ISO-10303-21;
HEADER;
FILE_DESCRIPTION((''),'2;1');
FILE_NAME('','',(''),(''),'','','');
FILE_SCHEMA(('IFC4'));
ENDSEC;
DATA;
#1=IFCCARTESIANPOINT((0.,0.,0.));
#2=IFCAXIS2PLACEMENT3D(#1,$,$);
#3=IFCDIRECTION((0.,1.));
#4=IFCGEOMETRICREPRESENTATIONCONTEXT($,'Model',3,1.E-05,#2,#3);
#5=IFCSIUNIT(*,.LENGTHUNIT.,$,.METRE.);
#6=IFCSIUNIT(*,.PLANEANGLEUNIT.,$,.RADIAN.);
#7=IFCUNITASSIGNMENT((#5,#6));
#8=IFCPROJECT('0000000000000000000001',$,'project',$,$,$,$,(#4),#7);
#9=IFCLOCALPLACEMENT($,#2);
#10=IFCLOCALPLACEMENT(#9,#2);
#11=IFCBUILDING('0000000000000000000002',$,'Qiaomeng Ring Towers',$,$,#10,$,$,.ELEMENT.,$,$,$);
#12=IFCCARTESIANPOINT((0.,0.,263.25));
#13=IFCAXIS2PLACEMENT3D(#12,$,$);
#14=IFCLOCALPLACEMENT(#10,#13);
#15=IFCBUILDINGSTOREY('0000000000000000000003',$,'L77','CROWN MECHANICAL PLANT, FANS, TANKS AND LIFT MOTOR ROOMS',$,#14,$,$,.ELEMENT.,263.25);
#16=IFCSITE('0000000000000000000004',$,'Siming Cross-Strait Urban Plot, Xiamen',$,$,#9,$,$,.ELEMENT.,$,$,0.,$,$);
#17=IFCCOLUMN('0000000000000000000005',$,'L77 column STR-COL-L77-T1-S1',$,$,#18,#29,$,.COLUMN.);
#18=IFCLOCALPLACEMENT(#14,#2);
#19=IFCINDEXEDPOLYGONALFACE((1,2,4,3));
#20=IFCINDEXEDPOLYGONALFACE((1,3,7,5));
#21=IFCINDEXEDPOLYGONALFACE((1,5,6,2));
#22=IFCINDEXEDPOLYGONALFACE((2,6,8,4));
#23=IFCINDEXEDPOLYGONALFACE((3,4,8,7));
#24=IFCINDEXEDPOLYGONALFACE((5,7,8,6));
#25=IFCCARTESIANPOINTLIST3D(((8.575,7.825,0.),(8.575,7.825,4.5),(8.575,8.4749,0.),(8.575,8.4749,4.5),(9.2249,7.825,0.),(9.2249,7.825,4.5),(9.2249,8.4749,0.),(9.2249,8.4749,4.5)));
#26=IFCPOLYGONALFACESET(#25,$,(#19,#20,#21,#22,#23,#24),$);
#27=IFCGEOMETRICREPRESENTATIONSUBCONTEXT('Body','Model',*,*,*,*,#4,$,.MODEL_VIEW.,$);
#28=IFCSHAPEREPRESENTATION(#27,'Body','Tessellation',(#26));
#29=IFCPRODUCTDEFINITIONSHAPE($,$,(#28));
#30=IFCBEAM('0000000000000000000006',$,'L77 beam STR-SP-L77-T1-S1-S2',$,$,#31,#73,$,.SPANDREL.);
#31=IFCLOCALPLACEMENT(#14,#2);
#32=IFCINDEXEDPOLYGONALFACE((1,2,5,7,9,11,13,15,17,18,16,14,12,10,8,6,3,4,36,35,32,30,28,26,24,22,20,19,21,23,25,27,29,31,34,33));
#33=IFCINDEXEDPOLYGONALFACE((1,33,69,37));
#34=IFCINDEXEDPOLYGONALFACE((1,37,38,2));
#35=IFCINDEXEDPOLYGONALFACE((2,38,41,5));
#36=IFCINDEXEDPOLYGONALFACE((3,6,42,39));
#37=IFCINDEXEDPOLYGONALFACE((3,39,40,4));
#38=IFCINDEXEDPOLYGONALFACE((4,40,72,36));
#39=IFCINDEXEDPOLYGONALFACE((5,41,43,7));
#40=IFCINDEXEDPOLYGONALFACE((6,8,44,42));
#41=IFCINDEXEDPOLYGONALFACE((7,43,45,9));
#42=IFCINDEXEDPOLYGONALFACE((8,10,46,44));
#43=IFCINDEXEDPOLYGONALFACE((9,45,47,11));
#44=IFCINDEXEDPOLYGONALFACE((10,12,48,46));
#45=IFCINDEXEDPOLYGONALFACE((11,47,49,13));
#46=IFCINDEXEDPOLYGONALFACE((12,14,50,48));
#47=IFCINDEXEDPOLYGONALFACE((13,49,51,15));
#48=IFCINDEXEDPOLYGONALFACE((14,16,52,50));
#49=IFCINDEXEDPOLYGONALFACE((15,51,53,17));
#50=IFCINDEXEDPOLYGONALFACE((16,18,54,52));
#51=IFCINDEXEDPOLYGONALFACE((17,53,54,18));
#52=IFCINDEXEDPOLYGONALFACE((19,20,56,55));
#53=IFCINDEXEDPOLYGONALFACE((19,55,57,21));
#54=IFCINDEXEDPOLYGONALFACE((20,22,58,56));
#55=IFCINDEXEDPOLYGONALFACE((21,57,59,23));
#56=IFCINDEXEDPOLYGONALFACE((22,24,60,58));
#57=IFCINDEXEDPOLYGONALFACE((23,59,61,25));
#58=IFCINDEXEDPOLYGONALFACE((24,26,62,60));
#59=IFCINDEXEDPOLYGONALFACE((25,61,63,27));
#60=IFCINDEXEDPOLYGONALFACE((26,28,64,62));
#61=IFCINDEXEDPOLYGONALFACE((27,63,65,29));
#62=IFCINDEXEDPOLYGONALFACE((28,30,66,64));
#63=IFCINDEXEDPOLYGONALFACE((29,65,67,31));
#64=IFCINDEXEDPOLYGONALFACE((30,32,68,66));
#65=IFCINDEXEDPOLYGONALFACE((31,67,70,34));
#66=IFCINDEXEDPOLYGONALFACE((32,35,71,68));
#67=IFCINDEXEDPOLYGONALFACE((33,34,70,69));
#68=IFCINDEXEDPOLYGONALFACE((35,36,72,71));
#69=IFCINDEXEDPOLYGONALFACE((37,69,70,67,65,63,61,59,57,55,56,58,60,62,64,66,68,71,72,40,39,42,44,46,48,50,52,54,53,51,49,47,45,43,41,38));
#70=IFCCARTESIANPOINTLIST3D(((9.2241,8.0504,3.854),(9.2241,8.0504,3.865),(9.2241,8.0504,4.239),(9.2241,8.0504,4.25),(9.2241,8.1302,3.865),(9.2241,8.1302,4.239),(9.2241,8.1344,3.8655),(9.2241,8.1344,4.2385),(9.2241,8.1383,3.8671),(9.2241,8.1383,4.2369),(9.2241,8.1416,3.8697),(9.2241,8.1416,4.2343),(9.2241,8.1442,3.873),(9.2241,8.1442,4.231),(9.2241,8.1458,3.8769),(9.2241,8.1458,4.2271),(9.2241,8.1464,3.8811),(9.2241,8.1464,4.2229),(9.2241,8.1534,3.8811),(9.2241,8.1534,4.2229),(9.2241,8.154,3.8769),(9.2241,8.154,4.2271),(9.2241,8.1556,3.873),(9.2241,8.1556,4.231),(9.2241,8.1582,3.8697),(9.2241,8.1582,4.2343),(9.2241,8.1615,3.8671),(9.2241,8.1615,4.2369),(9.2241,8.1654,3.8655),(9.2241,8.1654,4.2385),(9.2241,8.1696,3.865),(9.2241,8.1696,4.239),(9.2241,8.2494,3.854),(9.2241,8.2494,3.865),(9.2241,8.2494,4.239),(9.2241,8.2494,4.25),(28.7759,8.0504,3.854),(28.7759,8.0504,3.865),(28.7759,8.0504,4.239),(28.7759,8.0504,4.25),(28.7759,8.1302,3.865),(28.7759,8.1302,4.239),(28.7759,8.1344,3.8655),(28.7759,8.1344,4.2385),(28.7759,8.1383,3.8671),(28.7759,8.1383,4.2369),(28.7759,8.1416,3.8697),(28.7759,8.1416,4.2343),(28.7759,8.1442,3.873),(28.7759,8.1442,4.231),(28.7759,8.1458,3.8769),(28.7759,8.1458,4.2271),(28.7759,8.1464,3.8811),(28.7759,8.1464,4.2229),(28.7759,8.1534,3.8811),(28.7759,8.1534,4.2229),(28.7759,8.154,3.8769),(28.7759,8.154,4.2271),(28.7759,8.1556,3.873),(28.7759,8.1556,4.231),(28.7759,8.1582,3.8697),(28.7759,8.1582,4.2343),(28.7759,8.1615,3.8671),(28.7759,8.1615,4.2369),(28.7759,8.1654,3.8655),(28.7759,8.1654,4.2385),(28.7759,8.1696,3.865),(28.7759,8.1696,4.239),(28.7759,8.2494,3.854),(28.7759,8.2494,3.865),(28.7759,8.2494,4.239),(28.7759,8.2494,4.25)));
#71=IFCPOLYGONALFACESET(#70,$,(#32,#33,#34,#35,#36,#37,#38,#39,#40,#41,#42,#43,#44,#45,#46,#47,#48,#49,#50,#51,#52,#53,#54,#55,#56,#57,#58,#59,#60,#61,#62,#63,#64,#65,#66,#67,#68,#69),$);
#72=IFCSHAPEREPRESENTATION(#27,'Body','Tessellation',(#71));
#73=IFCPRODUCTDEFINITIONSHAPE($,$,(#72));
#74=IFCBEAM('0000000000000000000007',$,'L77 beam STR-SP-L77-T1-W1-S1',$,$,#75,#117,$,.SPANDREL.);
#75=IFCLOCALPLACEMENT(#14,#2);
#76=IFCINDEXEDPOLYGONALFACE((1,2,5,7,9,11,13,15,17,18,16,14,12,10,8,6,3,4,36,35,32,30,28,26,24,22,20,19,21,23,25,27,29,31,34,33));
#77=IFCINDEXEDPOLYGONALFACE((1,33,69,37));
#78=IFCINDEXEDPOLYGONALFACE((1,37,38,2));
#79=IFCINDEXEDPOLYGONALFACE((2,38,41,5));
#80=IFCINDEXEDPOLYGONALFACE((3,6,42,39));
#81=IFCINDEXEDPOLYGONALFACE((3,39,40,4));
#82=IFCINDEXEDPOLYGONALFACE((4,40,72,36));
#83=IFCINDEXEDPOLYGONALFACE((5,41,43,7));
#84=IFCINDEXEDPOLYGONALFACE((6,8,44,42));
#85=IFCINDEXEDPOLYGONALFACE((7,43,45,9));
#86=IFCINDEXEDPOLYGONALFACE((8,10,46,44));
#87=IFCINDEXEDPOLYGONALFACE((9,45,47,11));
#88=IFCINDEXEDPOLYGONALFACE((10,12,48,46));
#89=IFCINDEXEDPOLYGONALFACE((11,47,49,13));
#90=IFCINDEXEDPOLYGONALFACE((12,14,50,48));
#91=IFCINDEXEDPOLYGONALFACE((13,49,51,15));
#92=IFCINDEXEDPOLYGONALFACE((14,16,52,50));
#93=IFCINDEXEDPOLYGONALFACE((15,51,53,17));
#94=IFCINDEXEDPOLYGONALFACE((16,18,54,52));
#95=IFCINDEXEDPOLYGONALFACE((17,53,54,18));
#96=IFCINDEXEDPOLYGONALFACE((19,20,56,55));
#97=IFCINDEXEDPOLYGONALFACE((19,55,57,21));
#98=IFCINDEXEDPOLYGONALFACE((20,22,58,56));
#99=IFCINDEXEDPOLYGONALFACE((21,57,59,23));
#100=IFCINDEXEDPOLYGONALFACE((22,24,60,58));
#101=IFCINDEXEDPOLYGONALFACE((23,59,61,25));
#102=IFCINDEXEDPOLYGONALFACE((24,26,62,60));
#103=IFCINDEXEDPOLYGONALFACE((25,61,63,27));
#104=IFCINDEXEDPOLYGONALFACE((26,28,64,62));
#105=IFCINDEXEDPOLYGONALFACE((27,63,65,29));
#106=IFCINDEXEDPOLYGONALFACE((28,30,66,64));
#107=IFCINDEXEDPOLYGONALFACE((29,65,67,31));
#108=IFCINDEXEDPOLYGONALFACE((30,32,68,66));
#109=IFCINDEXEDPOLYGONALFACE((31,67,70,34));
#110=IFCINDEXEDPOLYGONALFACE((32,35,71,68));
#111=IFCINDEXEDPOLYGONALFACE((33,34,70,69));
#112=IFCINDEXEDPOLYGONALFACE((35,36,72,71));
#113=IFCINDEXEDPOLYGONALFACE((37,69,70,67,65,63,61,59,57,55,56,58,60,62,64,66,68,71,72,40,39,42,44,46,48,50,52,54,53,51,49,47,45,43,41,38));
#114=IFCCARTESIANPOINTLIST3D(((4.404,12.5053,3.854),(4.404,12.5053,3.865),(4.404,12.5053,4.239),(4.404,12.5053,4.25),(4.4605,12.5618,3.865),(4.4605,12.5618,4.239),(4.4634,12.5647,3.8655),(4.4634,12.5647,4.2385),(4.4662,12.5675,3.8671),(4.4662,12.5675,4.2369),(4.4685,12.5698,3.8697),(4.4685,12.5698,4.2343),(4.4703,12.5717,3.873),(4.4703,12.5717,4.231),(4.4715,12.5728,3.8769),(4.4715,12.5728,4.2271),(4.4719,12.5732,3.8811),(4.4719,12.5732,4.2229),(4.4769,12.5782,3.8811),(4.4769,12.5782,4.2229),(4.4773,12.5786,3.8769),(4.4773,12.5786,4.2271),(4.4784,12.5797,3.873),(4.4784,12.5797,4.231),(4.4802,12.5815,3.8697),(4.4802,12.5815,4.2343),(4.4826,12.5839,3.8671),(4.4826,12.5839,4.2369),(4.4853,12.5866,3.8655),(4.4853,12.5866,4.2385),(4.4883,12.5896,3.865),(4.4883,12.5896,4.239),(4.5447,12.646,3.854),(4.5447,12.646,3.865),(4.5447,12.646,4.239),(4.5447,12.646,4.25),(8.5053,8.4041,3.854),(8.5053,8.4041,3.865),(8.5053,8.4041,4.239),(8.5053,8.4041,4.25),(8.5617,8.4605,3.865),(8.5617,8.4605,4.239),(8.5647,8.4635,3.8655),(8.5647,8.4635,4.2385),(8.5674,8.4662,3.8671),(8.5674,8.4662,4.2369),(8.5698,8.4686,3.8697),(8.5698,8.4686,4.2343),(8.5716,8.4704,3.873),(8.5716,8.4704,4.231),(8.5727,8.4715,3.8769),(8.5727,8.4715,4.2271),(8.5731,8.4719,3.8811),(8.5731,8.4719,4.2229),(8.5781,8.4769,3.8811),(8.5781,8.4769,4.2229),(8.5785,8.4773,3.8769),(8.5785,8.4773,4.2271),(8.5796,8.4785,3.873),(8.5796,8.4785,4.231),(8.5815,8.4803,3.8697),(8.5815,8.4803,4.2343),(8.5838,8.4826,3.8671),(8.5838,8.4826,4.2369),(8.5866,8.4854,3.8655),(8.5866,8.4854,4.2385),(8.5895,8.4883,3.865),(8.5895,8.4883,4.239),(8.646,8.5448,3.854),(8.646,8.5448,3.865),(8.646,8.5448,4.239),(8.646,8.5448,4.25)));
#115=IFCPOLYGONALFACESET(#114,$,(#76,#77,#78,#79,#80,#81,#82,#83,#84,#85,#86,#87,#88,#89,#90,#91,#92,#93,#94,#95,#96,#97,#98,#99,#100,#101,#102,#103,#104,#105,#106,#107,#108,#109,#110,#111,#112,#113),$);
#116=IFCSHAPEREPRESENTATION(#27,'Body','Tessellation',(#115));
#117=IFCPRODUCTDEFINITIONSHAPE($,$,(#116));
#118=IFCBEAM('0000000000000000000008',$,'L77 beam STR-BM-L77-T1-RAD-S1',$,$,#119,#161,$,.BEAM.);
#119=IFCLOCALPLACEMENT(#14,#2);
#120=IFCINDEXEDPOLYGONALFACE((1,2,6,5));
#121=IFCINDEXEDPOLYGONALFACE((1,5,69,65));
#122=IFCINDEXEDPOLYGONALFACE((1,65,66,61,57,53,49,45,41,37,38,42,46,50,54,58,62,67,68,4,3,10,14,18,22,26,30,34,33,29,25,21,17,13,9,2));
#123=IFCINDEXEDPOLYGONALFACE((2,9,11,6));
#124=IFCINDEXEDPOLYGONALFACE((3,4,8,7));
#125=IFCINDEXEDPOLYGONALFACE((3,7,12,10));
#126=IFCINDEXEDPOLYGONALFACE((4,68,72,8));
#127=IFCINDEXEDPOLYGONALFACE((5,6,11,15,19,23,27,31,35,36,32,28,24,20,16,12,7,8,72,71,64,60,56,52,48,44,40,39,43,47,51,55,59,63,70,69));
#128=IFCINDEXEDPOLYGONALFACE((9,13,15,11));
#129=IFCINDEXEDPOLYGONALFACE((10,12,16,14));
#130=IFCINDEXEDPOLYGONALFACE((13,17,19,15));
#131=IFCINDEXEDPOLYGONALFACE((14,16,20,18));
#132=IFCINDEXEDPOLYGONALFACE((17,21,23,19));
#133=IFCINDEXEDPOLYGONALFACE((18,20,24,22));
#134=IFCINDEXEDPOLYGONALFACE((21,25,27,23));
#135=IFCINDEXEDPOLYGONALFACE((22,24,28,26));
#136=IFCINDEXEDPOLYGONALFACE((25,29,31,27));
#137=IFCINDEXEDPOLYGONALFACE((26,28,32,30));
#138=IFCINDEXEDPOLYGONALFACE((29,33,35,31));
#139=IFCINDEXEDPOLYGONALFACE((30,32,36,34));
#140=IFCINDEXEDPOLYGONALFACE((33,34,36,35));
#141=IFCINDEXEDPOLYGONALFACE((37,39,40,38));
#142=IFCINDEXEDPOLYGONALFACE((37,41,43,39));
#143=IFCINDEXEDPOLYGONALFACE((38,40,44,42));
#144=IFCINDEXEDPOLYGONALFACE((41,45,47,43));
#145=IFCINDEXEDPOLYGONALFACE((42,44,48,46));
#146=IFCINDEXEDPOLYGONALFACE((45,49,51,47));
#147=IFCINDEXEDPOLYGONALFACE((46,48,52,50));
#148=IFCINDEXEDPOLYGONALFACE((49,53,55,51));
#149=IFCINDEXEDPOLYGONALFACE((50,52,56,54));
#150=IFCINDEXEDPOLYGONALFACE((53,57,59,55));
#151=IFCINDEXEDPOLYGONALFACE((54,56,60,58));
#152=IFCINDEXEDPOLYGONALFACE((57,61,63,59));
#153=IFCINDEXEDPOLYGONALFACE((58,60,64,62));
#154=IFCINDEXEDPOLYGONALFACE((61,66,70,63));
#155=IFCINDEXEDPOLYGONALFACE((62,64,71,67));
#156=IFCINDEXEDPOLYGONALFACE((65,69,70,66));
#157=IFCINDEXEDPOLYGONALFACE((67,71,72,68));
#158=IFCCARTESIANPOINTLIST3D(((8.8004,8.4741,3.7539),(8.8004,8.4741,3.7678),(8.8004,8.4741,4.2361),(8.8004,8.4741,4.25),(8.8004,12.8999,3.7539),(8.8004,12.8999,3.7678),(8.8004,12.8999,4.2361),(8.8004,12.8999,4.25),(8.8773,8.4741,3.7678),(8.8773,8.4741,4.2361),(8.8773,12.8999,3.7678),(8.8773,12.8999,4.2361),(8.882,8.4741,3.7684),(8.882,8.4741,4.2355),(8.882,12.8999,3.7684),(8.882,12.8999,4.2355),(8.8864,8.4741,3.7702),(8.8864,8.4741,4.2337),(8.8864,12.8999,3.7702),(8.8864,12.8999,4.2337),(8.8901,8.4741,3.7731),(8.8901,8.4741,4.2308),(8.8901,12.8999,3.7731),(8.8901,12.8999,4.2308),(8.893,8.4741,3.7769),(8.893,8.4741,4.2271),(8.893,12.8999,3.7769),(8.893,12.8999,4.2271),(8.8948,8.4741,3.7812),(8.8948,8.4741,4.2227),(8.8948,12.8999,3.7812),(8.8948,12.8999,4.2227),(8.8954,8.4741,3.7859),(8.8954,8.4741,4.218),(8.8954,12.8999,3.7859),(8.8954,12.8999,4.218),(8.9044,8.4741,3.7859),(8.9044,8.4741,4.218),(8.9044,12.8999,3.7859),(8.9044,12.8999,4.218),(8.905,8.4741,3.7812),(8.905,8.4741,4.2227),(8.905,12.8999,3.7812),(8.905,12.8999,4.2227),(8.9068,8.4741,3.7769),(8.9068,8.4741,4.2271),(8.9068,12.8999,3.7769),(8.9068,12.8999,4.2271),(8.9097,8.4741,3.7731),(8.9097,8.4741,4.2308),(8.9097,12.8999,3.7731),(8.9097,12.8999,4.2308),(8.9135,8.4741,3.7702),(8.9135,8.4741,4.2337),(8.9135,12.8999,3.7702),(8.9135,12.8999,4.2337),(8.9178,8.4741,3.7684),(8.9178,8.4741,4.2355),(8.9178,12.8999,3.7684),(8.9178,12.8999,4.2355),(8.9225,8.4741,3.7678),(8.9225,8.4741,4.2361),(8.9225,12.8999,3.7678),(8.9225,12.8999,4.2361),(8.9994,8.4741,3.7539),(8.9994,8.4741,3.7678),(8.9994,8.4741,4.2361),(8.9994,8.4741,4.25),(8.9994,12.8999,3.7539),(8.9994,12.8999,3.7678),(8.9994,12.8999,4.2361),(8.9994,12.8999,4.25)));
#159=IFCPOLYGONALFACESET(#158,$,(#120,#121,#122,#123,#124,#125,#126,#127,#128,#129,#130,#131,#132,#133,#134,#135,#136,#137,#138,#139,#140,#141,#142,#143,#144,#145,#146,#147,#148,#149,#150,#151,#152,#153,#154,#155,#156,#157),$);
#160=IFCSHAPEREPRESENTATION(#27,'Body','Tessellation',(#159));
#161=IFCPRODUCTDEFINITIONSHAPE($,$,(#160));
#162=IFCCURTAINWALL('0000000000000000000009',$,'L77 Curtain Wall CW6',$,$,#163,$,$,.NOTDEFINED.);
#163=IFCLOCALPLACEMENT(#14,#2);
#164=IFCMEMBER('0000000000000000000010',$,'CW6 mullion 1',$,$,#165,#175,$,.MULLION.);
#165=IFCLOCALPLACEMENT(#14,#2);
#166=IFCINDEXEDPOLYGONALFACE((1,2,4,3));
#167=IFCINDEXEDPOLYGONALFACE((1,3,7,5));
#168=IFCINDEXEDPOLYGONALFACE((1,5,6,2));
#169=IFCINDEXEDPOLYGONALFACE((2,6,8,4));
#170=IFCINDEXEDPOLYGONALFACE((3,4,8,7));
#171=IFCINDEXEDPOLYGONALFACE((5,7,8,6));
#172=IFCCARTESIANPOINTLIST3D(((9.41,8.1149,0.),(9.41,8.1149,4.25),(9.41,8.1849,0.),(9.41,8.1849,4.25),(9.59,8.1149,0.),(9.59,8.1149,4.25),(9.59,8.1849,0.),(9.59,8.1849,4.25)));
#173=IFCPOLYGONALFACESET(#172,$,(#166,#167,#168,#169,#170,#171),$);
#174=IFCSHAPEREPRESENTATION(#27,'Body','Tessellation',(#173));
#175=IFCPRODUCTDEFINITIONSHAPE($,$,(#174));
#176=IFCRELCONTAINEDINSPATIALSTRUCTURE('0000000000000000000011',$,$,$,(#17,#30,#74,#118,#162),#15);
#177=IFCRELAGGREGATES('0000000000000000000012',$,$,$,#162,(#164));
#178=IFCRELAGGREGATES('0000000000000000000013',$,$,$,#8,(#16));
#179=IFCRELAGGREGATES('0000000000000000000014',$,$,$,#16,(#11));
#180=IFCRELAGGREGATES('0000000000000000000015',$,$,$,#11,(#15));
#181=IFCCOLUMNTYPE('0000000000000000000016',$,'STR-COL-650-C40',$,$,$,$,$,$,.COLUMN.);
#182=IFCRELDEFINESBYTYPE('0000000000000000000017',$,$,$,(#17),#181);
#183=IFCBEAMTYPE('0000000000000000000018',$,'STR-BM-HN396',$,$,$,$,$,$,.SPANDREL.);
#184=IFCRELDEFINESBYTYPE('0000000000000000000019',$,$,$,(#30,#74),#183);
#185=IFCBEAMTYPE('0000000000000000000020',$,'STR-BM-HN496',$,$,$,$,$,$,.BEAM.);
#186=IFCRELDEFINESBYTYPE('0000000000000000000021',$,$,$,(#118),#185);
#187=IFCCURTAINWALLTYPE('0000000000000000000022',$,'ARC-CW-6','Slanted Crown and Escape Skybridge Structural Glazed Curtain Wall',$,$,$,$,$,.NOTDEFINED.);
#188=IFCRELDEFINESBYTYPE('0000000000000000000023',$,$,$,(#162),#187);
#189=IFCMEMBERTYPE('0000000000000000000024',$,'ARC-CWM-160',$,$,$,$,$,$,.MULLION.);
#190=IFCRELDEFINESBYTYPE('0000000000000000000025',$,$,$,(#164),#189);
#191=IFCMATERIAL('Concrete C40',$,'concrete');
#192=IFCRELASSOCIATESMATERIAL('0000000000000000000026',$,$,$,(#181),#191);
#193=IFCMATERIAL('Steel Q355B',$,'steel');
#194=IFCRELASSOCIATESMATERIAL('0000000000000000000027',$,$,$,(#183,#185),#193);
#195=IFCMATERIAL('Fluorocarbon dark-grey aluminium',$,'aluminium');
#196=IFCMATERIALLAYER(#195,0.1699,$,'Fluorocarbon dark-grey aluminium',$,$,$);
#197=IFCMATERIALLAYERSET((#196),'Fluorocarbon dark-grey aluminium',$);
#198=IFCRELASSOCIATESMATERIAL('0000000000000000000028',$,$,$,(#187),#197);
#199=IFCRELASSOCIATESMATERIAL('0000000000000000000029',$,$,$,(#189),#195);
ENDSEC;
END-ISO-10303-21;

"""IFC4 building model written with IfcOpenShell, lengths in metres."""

from ifc_helpers import new_model, si_unit, direction, frame, origin, origin_2d, place, context, subcontext, project, spatial, rectangle, i_section, extrude, source, transform, mapped, material, layer, layer_set, material_profile, profile_set, type_object, element, aggregate, save


model = new_model("IFC4")

# Units and contexts
model_context = context("Model", 3, precision=1e-05, world=origin(), true_north=direction((0.0, 1.0)))
body_context = subcontext(model_context, "Body", "Model", "MODEL_VIEW")
ifc_project = project(units=[si_unit("LENGTHUNIT", "METRE"), si_unit("PLANEANGLEUNIT", "RADIAN")], contexts=[model_context])

# Site, building, storey
site_placement = place(None, origin())
site = spatial("IfcSite", under=ifc_project, at=site_placement, Name="Siming Cross-Strait Urban Plot, Xiamen", CompositionType="ELEMENT", RefElevation=0.0)
building_placement = place(site_placement, origin())
building = spatial("IfcBuilding", under=site, at=building_placement, Name="Qiaomeng Ring Towers", CompositionType="ELEMENT")
storey_placement = place(building_placement, frame((0.0, 0.0, 263.25)))
storey = spatial("IfcBuildingStorey", under=building, at=storey_placement, Name="L77", Description="CROWN MECHANICAL PLANT, FANS, TANKS AND LIFT MOTOR ROOMS", CompositionType="ELEMENT", Elevation=263.25)

# Column
ifc_material_1 = material(Name="Concrete C40", Category="concrete")
ifc_material_profile_1 = material_profile(ifc_material_1, rectangle(XDim=0.6499, YDim=0.6499, at=origin_2d()), Name="RC COL 650x650")
ifc_profile_set_1 = profile_set([ifc_material_profile_1], Name="Concrete C40")
column_type = type_object("IfcColumnType", Name="STR-COL-650-C40", PredefinedType="COLUMN", material=ifc_profile_set_1)
shared_shape_1 = source(origin(), body_context, "Body", "SweptSolid", [
    extrude(rectangle(XDim=0.6499, YDim=0.6499, at=origin_2d()), origin(), (0.0, 0.0, 1.0), 4.5),
])
column_placement = place(storey_placement, frame((8.8999, 8.1499, 0.0), z_axis=(0.0, 0.0, 1.0), x_axis=(1.0, 0.0, 0.0)))
element("IfcColumn", 1, at=column_placement, inside=storey, type_object=column_type, Name="L77 column STR-COL-L77-T1-S1", PredefinedType="COLUMN", context=body_context, shape_type="MappedRepresentation", body=[
    mapped(shared_shape_1, transform((0.0, 0.0, 0.0), x_axis=(1.0, 0.0, 0.0), y_axis=(0.0, 1.0, 0.0), z_axis=(0.0, 0.0, 1.0), scale=1.0)),
])

# Beams
ifc_material_2 = material(Name="Steel Q355B", Category="steel")
ifc_material_profile_2 = material_profile(ifc_material_2, i_section(OverallWidth=0.199, OverallDepth=0.396, WebThickness=0.0071, FlangeThickness=0.011, FilletRadius=0.0161, at=origin_2d()), Name="HN 396x199x7x11")
ifc_profile_set_2 = profile_set([ifc_material_profile_2], Name="Steel Q355B")
beam_type_1 = type_object("IfcBeamType", Name="STR-BM-HN396", PredefinedType="SPANDREL", material=ifc_profile_set_2)
shared_shape_2 = source(origin(), body_context, "Body", "SweptSolid", [
    extrude(i_section(OverallWidth=0.199, OverallDepth=0.396, WebThickness=0.0071, FlangeThickness=0.011, FilletRadius=0.0161, at=origin_2d()), origin(), (0.0, 0.0, 1.0), 19.5518),
])
beam_1_placement = place(storey_placement, frame((9.2241, 8.1499, 4.052), z_axis=(1.0, 0.0, 0.0), x_axis=(0.0, 1.0, 0.0)))
element("IfcBeam", 2, at=beam_1_placement, inside=storey, type_object=beam_type_1, Name="L77 beam STR-SP-L77-T1-S1-S2", PredefinedType="SPANDREL", context=body_context, shape_type="MappedRepresentation", body=[
    mapped(shared_shape_2, transform((0.0, 0.0, 0.0), x_axis=(1.0, 0.0, 0.0), y_axis=(0.0, 1.0, 0.0), z_axis=(0.0, 0.0, 1.0), scale=1.0)),
])
shared_shape_3 = source(origin(), body_context, "Body", "SweptSolid", [
    extrude(i_section(OverallWidth=0.199, OverallDepth=0.396, WebThickness=0.0071, FlangeThickness=0.011, FilletRadius=0.0161, at=origin_2d()), origin(), (0.0, 0.0, 1.0), 5.8),
])
beam_2_placement = place(storey_placement, frame((4.4744, 12.5757, 4.052), z_axis=(0.707107, -0.707107, 0.0), x_axis=(0.707107, 0.707107, 0.0)))
element("IfcBeam", 3, at=beam_2_placement, inside=storey, type_object=beam_type_1, Name="L77 beam STR-SP-L77-T1-W1-S1", PredefinedType="SPANDREL", context=body_context, shape_type="MappedRepresentation", body=[
    mapped(shared_shape_3, transform((0.0, 0.0, 0.0), x_axis=(1.0, 0.0, 0.0), y_axis=(0.0, 1.0, 0.0), z_axis=(0.0, 0.0, 1.0), scale=1.0)),
])
ifc_material_profile_3 = material_profile(ifc_material_2, i_section(OverallWidth=0.199, OverallDepth=0.4961, WebThickness=0.009, FlangeThickness=0.0139, FilletRadius=0.0181, at=origin_2d()), Name="HN 496x199x9x14")
ifc_profile_set_3 = profile_set([ifc_material_profile_3], Name="Steel Q355B")
beam_type_2 = type_object("IfcBeamType", Name="STR-BM-HN496", PredefinedType="BEAM", material=ifc_profile_set_3)
shared_shape_4 = source(origin(), body_context, "Body", "SweptSolid", [
    extrude(i_section(OverallWidth=0.199, OverallDepth=0.4961, WebThickness=0.009, FlangeThickness=0.0139, FilletRadius=0.0181, at=origin_2d()), origin(), (0.0, 0.0, 1.0), 4.4258),
])
beam_3_placement = place(storey_placement, frame((8.8999, 8.4741, 4.002), z_axis=(0.0, 1.0, 0.0), x_axis=(-1.0, 0.0, 0.0)))
element("IfcBeam", 4, at=beam_3_placement, inside=storey, type_object=beam_type_2, Name="L77 beam STR-BM-L77-T1-RAD-S1", PredefinedType="BEAM", context=body_context, shape_type="MappedRepresentation", body=[
    mapped(shared_shape_4, transform((0.0, 0.0, 0.0), x_axis=(1.0, 0.0, 0.0), y_axis=(0.0, 1.0, 0.0), z_axis=(0.0, 0.0, 1.0), scale=1.0)),
])

# Curtain wall, member
ifc_material_3 = material(Name="Fluorocarbon dark-grey aluminium", Category="aluminium")
ifc_layer_1 = layer(ifc_material_3, 0.1699, Name="Fluorocarbon dark-grey aluminium")
ifc_layer_set_1 = layer_set([ifc_layer_1], Name="Fluorocarbon dark-grey aluminium")
curtain_wall_type = type_object("IfcCurtainWallType", Name="ARC-CW-6", Description="Slanted Crown and Escape Skybridge Structural Glazed Curtain Wall", PredefinedType="NOTDEFINED", material=ifc_layer_set_1)
curtain_wall_placement = place(storey_placement, origin())
curtain_wall = element("IfcCurtainWall", 5, at=curtain_wall_placement, inside=storey, type_object=curtain_wall_type, Name="L77 Curtain Wall CW6", PredefinedType="NOTDEFINED")
ifc_material_profile_4 = material_profile(ifc_material_3, rectangle(XDim=0.0701, YDim=0.1799, at=origin_2d()), Name="ALU MULL 70x180")
ifc_profile_set_4 = profile_set([ifc_material_profile_4], Name="Fluorocarbon dark-grey aluminium")
member_type_1 = type_object("IfcMemberType", Name="ARC-CWM-160", PredefinedType="MULLION", material=ifc_profile_set_4)
shared_shape_5 = source(origin(), body_context, "Body", "SweptSolid", [
    extrude(rectangle(XDim=0.0701, YDim=0.1799, at=origin_2d()), origin(), (0.0, 0.0, 1.0), 4.25),
])
member_1_placement = place(storey_placement, frame((9.5, 8.1499, 0.0), z_axis=(0.0, 0.0, 1.0), x_axis=(0.0, 1.0, 0.0)))
member_1 = element("IfcMember", 6, at=member_1_placement, type_object=member_type_1, Name="CW6 mullion 1", PredefinedType="MULLION", context=body_context, shape_type="MappedRepresentation", body=[
    mapped(shared_shape_5, transform((0.0, 0.0, 0.0), x_axis=(1.0, 0.0, 0.0), y_axis=(0.0, 1.0, 0.0), z_axis=(0.0, 0.0, 1.0), scale=1.0)),
])
aggregate(curtain_wall, [member_1])

save(model, "model.ifc")
